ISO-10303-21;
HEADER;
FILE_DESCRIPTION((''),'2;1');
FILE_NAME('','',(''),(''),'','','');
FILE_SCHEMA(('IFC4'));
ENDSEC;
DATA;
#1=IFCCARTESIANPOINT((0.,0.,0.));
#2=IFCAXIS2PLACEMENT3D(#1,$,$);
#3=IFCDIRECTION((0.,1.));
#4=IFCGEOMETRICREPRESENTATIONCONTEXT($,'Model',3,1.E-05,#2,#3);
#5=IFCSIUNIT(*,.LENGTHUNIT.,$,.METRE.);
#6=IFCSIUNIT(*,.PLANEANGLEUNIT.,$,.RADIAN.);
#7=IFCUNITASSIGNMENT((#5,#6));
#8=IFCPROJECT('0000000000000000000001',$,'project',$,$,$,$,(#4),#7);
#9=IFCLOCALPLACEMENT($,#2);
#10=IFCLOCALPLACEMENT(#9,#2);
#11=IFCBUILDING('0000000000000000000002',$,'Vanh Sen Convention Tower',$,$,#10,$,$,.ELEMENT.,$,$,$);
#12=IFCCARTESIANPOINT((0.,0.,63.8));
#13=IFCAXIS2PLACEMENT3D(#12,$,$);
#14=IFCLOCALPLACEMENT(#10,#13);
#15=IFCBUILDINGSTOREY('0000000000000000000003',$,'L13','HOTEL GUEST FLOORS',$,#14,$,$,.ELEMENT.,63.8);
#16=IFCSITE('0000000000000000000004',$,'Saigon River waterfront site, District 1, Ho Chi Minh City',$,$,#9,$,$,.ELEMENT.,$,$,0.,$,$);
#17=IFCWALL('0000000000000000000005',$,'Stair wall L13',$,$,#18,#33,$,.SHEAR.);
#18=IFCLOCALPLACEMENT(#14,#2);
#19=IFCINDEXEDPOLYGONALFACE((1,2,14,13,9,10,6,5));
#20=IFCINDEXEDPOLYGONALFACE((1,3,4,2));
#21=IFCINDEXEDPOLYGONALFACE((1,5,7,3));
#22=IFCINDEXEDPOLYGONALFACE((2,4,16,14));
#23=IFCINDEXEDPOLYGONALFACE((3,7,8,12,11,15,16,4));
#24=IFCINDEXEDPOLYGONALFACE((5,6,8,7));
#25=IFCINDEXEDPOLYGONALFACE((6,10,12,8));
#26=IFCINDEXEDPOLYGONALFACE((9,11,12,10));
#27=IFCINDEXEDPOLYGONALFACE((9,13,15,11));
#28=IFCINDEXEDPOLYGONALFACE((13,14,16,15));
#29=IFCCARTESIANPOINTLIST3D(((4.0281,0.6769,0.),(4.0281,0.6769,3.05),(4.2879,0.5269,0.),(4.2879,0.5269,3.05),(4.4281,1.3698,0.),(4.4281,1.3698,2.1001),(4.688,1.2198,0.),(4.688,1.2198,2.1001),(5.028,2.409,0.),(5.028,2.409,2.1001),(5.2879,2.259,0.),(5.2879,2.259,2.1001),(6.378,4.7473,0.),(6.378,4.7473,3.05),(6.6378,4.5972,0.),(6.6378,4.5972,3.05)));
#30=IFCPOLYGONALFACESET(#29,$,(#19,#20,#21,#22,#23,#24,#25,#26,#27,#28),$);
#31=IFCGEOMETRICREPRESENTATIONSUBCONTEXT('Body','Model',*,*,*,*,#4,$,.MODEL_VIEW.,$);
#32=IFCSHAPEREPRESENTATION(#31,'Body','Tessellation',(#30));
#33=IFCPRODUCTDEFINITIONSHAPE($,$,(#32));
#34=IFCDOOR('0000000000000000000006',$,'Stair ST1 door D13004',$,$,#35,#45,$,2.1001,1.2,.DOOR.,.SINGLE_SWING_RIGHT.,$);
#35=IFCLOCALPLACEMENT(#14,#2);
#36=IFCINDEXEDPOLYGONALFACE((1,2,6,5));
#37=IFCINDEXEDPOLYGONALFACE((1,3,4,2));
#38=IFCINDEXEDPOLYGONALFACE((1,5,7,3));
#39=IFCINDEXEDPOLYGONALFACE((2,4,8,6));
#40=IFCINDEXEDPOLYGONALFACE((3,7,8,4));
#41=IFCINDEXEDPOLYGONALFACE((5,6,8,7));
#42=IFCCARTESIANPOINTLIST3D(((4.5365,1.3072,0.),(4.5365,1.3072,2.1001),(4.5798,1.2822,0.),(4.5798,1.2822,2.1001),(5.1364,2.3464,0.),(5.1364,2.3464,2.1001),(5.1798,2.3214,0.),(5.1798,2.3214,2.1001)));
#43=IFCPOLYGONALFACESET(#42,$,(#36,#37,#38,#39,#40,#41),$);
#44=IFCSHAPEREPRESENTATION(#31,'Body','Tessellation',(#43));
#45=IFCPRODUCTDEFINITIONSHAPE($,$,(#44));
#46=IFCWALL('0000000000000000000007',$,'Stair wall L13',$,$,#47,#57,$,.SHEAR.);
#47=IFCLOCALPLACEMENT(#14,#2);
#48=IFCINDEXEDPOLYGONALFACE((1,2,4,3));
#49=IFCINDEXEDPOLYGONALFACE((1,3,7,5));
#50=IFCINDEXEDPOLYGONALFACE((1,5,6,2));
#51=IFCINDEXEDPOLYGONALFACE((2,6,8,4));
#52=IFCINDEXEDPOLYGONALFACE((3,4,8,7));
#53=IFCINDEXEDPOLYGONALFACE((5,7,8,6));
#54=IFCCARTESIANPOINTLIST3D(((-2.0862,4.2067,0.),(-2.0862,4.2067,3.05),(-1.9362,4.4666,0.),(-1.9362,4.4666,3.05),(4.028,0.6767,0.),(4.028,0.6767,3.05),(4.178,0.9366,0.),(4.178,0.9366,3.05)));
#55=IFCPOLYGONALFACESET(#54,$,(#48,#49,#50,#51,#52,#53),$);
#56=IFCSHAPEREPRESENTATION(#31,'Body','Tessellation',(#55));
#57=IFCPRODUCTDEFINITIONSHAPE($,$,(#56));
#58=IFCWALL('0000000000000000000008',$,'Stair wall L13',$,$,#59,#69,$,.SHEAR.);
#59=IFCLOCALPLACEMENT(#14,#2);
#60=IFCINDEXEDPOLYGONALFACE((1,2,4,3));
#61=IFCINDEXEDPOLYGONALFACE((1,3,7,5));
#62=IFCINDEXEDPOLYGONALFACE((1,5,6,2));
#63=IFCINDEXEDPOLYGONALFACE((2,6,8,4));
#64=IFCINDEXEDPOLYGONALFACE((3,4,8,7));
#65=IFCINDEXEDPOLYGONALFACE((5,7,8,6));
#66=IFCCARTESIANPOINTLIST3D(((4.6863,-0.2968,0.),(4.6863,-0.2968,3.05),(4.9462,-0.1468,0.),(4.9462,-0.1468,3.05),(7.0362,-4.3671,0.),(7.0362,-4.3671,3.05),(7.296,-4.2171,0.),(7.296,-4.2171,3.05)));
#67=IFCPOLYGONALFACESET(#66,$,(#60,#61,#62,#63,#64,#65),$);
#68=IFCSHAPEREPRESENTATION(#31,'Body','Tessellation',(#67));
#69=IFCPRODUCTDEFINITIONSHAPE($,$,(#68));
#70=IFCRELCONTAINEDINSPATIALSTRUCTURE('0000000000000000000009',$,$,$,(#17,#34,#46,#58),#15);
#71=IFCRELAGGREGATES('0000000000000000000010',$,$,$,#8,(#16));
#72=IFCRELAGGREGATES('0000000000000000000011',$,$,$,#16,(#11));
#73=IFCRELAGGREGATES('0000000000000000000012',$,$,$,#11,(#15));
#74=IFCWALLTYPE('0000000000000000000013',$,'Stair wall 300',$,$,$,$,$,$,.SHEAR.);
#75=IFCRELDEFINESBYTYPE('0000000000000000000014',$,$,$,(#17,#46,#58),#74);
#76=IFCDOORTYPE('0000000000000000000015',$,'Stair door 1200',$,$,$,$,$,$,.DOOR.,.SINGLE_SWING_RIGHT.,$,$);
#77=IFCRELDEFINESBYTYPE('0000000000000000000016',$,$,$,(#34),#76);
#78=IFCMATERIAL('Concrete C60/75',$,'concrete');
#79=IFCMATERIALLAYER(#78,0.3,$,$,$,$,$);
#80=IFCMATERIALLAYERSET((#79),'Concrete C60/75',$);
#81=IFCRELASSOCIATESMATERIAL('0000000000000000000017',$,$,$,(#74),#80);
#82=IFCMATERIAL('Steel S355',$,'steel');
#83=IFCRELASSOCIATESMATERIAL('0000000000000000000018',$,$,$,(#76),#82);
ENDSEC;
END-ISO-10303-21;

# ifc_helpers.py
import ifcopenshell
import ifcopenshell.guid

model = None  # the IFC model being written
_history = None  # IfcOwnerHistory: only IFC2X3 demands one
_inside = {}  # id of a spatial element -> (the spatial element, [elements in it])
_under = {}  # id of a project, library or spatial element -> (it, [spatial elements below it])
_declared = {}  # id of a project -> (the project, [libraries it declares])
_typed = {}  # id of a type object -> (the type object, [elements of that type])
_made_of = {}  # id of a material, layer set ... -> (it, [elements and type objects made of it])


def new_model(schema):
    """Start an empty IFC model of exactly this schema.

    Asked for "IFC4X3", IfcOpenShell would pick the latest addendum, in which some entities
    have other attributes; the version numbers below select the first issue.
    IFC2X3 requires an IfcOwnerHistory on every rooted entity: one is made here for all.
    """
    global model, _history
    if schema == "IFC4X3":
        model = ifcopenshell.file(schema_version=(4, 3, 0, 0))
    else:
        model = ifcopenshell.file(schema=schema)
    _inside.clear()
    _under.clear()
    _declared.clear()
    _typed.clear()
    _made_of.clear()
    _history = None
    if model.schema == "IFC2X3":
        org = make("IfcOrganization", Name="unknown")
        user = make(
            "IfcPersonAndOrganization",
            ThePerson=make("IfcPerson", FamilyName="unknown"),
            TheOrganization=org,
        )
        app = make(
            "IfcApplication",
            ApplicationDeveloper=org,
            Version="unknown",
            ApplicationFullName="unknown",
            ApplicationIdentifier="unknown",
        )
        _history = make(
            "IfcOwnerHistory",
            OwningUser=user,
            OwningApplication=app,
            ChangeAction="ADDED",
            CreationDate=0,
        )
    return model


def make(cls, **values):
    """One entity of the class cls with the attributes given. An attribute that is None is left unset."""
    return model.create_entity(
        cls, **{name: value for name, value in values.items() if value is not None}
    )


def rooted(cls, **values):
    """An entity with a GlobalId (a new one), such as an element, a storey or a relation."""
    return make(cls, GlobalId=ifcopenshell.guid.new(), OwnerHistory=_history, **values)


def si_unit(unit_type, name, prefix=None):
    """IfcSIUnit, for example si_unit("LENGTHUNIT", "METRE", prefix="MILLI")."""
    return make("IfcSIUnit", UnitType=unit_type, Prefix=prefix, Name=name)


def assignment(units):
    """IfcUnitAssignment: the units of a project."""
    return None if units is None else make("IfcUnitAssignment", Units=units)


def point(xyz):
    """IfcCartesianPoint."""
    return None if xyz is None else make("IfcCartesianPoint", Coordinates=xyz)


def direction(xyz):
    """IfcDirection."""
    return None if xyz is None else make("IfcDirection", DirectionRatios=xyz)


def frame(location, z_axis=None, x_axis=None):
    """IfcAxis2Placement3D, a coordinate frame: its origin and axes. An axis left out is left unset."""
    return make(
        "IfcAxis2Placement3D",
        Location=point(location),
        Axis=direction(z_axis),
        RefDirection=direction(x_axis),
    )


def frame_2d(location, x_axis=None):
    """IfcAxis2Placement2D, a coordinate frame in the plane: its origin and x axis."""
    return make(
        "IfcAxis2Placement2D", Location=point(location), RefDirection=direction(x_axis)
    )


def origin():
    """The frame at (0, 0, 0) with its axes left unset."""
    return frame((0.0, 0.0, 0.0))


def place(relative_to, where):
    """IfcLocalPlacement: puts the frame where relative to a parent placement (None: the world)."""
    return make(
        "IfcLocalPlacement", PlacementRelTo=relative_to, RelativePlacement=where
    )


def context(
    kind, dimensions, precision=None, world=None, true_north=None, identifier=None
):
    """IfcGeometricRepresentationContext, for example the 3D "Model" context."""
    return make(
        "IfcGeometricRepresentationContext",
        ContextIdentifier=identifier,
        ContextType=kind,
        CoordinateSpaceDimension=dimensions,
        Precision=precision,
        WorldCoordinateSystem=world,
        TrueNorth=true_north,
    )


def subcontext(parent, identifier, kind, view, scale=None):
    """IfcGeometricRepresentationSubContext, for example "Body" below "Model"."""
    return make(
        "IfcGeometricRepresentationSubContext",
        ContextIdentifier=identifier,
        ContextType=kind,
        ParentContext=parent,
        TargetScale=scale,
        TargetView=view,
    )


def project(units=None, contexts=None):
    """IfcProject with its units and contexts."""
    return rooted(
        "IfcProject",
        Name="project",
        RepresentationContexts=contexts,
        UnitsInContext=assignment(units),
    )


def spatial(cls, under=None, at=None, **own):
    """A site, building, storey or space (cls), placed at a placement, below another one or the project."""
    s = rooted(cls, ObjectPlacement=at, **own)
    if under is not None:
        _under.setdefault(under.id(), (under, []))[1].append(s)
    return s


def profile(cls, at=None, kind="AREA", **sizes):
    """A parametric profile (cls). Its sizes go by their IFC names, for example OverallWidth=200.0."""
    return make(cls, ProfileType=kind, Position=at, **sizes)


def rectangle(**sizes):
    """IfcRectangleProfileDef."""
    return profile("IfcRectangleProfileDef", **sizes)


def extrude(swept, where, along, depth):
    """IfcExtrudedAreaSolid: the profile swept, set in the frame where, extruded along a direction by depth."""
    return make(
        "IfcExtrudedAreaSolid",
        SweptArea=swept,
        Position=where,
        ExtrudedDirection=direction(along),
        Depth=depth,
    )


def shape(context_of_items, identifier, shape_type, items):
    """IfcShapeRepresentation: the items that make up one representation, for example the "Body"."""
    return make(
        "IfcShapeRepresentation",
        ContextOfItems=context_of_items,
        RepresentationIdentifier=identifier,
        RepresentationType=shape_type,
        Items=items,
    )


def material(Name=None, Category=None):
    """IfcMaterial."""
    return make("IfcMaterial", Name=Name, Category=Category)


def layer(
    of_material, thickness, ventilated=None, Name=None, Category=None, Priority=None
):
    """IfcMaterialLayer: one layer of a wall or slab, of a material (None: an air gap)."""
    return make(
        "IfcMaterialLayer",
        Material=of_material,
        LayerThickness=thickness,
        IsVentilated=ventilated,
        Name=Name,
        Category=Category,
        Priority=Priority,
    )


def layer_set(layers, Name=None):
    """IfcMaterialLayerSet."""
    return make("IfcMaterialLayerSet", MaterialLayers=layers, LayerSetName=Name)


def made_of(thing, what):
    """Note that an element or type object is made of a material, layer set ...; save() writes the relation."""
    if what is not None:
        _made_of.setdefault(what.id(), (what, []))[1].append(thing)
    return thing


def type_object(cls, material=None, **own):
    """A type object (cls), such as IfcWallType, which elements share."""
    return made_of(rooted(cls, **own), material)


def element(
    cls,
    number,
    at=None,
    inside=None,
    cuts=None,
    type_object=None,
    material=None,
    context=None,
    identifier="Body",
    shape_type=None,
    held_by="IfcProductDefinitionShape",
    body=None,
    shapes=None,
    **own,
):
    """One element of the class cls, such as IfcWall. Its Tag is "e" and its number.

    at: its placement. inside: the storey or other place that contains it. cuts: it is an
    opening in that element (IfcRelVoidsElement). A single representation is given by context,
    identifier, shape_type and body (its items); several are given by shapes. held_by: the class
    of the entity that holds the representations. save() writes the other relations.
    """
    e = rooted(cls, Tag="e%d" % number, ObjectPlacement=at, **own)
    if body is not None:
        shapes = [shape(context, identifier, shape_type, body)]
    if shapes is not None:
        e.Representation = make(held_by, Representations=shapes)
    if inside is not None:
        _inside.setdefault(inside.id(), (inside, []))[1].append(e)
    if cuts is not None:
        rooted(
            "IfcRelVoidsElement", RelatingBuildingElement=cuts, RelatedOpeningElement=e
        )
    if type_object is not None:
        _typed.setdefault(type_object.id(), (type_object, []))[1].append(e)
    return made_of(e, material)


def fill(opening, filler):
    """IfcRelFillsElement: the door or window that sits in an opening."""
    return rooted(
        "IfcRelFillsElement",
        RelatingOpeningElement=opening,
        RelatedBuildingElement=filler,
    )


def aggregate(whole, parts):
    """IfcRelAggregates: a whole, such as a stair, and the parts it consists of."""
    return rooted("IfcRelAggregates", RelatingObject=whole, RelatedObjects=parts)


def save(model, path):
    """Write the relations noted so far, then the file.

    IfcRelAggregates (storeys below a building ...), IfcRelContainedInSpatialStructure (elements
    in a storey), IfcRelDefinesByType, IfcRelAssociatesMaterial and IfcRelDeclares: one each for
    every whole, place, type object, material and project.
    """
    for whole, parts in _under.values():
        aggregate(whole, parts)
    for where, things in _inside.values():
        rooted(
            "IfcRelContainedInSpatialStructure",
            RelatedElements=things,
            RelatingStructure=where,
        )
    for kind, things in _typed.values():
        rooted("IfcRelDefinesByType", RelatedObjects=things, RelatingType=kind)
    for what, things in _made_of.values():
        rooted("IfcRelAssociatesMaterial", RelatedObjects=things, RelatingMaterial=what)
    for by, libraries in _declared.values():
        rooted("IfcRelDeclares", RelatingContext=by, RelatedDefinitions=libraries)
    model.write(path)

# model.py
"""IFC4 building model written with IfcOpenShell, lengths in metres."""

from ifc_helpers import new_model, si_unit, direction, frame, frame_2d, origin, place, context, subcontext, project, spatial, rectangle, extrude, material, layer, layer_set, type_object, element, fill, save


model = new_model("IFC4")

# Units and contexts
model_context = context("Model", 3, precision=1e-05, world=origin(), true_north=direction((0.0, 1.0)))
body_context = subcontext(model_context, "Body", "Model", "MODEL_VIEW")
ifc_project = project(units=[si_unit("LENGTHUNIT", "METRE"), si_unit("PLANEANGLEUNIT", "RADIAN")], contexts=[model_context])

# Site, building, storey
site_placement = place(None, origin())
site = spatial("IfcSite", under=ifc_project, at=site_placement, Name="Saigon River waterfront site, District 1, Ho Chi Minh City", CompositionType="ELEMENT", RefElevation=0.0)
building_placement = place(site_placement, origin())
building = spatial("IfcBuilding", under=site, at=building_placement, Name="Vanh Sen Convention Tower", CompositionType="ELEMENT")
storey_placement = place(building_placement, frame((0.0, 0.0, 63.8)))
storey = spatial("IfcBuildingStorey", under=building, at=storey_placement, Name="L13", Description="HOTEL GUEST FLOORS", CompositionType="ELEMENT", Elevation=63.8)

# Shared definitions
ifc_material_1 = material(Name="Steel S355", Category="steel")

# Wall, opening, door
ifc_material_2 = material(Name="Concrete C60/75", Category="concrete")
ifc_layer_1 = layer(ifc_material_2, 0.3)
ifc_layer_set_1 = layer_set([ifc_layer_1], Name="Concrete C60/75")
wall_type_1 = type_object("IfcWallType", Name="Stair wall 300", PredefinedType="SHEAR", material=ifc_layer_set_1)
wall_1_placement = place(storey_placement, frame((4.158, 0.6018, 0.0), z_axis=(0.0, 0.0, 1.0), x_axis=(0.499977, 0.866039, 0.0)))
wall_1 = element("IfcWall", 1, at=wall_1_placement, inside=storey, type_object=wall_type_1, Name="Stair wall L13", PredefinedType="SHEAR", context=body_context, shape_type="SweptSolid", body=[
    extrude(rectangle(XDim=4.7, YDim=0.3, at=frame_2d((2.3501, 0.0))), origin(), (0.0, 0.0, 1.0), 3.05),
])
opening_1_placement = place(wall_1_placement, frame((0.8, 0.0, 0.0)))
opening_1 = element("IfcOpeningElement", 2, at=opening_1_placement, cuts=wall_1, PredefinedType="OPENING", context=body_context, shape_type="SweptSolid", body=[
    extrude(rectangle(XDim=1.2, YDim=2.1001, at=frame_2d((0.6001, 1.05))), frame((0.0, 0.1599, 0.0), z_axis=(0.0, -1.0, 0.0), x_axis=(1.0, 0.0, 0.0)), (0.0, 0.0, 1.0), 0.3201),
])
door_type_1 = type_object("IfcDoorType", Name="Stair door 1200", OperationType="SINGLE_SWING_RIGHT", PredefinedType="DOOR", material=ifc_material_1)
door_1_placement = place(opening_1_placement, origin())
door_1 = element("IfcDoor", 3, at=door_1_placement, inside=storey, type_object=door_type_1, Name="Stair ST1 door D13004", OperationType="SINGLE_SWING_RIGHT", OverallHeight=2.1001, OverallWidth=1.2, PredefinedType="DOOR", context=body_context, shape_type="SweptSolid", body=[
    extrude(rectangle(XDim=1.2, YDim=2.1001, at=frame_2d((0.6001, 1.05))), frame((0.0, 0.0249, 0.0), z_axis=(0.0, -1.0, 0.0), x_axis=(1.0, 0.0, 0.0)), (0.0, 0.0, 1.0), 0.05),
])
fill(opening_1, door_1)

# Walls
wall_2_placement = place(storey_placement, frame((4.103, 0.8066, 0.0), z_axis=(0.0, 0.0, 1.0), x_axis=(-0.866028, 0.499996, 0.0)))
element("IfcWall", 4, at=wall_2_placement, inside=storey, type_object=wall_type_1, Name="Stair wall L13", PredefinedType="SHEAR", context=body_context, shape_type="SweptSolid", body=[
    extrude(rectangle(XDim=7.0601, YDim=0.3, at=frame_2d((3.53, 0.0))), origin(), (0.0, 0.0, 1.0), 3.05),
])
wall_3_placement = place(storey_placement, frame((4.8162, -0.2217, 0.0), z_axis=(0.0, 0.0, 1.0), x_axis=(0.499977, -0.866039, 0.0)))
element("IfcWall", 5, at=wall_3_placement, inside=storey, type_object=wall_type_1, Name="Stair wall L13", PredefinedType="SHEAR", context=body_context, shape_type="SweptSolid", body=[
    extrude(rectangle(XDim=4.7, YDim=0.3, at=frame_2d((2.3501, 0.0))), origin(), (0.0, 0.0, 1.0), 3.05),
])

save(model, "model.ifc")
